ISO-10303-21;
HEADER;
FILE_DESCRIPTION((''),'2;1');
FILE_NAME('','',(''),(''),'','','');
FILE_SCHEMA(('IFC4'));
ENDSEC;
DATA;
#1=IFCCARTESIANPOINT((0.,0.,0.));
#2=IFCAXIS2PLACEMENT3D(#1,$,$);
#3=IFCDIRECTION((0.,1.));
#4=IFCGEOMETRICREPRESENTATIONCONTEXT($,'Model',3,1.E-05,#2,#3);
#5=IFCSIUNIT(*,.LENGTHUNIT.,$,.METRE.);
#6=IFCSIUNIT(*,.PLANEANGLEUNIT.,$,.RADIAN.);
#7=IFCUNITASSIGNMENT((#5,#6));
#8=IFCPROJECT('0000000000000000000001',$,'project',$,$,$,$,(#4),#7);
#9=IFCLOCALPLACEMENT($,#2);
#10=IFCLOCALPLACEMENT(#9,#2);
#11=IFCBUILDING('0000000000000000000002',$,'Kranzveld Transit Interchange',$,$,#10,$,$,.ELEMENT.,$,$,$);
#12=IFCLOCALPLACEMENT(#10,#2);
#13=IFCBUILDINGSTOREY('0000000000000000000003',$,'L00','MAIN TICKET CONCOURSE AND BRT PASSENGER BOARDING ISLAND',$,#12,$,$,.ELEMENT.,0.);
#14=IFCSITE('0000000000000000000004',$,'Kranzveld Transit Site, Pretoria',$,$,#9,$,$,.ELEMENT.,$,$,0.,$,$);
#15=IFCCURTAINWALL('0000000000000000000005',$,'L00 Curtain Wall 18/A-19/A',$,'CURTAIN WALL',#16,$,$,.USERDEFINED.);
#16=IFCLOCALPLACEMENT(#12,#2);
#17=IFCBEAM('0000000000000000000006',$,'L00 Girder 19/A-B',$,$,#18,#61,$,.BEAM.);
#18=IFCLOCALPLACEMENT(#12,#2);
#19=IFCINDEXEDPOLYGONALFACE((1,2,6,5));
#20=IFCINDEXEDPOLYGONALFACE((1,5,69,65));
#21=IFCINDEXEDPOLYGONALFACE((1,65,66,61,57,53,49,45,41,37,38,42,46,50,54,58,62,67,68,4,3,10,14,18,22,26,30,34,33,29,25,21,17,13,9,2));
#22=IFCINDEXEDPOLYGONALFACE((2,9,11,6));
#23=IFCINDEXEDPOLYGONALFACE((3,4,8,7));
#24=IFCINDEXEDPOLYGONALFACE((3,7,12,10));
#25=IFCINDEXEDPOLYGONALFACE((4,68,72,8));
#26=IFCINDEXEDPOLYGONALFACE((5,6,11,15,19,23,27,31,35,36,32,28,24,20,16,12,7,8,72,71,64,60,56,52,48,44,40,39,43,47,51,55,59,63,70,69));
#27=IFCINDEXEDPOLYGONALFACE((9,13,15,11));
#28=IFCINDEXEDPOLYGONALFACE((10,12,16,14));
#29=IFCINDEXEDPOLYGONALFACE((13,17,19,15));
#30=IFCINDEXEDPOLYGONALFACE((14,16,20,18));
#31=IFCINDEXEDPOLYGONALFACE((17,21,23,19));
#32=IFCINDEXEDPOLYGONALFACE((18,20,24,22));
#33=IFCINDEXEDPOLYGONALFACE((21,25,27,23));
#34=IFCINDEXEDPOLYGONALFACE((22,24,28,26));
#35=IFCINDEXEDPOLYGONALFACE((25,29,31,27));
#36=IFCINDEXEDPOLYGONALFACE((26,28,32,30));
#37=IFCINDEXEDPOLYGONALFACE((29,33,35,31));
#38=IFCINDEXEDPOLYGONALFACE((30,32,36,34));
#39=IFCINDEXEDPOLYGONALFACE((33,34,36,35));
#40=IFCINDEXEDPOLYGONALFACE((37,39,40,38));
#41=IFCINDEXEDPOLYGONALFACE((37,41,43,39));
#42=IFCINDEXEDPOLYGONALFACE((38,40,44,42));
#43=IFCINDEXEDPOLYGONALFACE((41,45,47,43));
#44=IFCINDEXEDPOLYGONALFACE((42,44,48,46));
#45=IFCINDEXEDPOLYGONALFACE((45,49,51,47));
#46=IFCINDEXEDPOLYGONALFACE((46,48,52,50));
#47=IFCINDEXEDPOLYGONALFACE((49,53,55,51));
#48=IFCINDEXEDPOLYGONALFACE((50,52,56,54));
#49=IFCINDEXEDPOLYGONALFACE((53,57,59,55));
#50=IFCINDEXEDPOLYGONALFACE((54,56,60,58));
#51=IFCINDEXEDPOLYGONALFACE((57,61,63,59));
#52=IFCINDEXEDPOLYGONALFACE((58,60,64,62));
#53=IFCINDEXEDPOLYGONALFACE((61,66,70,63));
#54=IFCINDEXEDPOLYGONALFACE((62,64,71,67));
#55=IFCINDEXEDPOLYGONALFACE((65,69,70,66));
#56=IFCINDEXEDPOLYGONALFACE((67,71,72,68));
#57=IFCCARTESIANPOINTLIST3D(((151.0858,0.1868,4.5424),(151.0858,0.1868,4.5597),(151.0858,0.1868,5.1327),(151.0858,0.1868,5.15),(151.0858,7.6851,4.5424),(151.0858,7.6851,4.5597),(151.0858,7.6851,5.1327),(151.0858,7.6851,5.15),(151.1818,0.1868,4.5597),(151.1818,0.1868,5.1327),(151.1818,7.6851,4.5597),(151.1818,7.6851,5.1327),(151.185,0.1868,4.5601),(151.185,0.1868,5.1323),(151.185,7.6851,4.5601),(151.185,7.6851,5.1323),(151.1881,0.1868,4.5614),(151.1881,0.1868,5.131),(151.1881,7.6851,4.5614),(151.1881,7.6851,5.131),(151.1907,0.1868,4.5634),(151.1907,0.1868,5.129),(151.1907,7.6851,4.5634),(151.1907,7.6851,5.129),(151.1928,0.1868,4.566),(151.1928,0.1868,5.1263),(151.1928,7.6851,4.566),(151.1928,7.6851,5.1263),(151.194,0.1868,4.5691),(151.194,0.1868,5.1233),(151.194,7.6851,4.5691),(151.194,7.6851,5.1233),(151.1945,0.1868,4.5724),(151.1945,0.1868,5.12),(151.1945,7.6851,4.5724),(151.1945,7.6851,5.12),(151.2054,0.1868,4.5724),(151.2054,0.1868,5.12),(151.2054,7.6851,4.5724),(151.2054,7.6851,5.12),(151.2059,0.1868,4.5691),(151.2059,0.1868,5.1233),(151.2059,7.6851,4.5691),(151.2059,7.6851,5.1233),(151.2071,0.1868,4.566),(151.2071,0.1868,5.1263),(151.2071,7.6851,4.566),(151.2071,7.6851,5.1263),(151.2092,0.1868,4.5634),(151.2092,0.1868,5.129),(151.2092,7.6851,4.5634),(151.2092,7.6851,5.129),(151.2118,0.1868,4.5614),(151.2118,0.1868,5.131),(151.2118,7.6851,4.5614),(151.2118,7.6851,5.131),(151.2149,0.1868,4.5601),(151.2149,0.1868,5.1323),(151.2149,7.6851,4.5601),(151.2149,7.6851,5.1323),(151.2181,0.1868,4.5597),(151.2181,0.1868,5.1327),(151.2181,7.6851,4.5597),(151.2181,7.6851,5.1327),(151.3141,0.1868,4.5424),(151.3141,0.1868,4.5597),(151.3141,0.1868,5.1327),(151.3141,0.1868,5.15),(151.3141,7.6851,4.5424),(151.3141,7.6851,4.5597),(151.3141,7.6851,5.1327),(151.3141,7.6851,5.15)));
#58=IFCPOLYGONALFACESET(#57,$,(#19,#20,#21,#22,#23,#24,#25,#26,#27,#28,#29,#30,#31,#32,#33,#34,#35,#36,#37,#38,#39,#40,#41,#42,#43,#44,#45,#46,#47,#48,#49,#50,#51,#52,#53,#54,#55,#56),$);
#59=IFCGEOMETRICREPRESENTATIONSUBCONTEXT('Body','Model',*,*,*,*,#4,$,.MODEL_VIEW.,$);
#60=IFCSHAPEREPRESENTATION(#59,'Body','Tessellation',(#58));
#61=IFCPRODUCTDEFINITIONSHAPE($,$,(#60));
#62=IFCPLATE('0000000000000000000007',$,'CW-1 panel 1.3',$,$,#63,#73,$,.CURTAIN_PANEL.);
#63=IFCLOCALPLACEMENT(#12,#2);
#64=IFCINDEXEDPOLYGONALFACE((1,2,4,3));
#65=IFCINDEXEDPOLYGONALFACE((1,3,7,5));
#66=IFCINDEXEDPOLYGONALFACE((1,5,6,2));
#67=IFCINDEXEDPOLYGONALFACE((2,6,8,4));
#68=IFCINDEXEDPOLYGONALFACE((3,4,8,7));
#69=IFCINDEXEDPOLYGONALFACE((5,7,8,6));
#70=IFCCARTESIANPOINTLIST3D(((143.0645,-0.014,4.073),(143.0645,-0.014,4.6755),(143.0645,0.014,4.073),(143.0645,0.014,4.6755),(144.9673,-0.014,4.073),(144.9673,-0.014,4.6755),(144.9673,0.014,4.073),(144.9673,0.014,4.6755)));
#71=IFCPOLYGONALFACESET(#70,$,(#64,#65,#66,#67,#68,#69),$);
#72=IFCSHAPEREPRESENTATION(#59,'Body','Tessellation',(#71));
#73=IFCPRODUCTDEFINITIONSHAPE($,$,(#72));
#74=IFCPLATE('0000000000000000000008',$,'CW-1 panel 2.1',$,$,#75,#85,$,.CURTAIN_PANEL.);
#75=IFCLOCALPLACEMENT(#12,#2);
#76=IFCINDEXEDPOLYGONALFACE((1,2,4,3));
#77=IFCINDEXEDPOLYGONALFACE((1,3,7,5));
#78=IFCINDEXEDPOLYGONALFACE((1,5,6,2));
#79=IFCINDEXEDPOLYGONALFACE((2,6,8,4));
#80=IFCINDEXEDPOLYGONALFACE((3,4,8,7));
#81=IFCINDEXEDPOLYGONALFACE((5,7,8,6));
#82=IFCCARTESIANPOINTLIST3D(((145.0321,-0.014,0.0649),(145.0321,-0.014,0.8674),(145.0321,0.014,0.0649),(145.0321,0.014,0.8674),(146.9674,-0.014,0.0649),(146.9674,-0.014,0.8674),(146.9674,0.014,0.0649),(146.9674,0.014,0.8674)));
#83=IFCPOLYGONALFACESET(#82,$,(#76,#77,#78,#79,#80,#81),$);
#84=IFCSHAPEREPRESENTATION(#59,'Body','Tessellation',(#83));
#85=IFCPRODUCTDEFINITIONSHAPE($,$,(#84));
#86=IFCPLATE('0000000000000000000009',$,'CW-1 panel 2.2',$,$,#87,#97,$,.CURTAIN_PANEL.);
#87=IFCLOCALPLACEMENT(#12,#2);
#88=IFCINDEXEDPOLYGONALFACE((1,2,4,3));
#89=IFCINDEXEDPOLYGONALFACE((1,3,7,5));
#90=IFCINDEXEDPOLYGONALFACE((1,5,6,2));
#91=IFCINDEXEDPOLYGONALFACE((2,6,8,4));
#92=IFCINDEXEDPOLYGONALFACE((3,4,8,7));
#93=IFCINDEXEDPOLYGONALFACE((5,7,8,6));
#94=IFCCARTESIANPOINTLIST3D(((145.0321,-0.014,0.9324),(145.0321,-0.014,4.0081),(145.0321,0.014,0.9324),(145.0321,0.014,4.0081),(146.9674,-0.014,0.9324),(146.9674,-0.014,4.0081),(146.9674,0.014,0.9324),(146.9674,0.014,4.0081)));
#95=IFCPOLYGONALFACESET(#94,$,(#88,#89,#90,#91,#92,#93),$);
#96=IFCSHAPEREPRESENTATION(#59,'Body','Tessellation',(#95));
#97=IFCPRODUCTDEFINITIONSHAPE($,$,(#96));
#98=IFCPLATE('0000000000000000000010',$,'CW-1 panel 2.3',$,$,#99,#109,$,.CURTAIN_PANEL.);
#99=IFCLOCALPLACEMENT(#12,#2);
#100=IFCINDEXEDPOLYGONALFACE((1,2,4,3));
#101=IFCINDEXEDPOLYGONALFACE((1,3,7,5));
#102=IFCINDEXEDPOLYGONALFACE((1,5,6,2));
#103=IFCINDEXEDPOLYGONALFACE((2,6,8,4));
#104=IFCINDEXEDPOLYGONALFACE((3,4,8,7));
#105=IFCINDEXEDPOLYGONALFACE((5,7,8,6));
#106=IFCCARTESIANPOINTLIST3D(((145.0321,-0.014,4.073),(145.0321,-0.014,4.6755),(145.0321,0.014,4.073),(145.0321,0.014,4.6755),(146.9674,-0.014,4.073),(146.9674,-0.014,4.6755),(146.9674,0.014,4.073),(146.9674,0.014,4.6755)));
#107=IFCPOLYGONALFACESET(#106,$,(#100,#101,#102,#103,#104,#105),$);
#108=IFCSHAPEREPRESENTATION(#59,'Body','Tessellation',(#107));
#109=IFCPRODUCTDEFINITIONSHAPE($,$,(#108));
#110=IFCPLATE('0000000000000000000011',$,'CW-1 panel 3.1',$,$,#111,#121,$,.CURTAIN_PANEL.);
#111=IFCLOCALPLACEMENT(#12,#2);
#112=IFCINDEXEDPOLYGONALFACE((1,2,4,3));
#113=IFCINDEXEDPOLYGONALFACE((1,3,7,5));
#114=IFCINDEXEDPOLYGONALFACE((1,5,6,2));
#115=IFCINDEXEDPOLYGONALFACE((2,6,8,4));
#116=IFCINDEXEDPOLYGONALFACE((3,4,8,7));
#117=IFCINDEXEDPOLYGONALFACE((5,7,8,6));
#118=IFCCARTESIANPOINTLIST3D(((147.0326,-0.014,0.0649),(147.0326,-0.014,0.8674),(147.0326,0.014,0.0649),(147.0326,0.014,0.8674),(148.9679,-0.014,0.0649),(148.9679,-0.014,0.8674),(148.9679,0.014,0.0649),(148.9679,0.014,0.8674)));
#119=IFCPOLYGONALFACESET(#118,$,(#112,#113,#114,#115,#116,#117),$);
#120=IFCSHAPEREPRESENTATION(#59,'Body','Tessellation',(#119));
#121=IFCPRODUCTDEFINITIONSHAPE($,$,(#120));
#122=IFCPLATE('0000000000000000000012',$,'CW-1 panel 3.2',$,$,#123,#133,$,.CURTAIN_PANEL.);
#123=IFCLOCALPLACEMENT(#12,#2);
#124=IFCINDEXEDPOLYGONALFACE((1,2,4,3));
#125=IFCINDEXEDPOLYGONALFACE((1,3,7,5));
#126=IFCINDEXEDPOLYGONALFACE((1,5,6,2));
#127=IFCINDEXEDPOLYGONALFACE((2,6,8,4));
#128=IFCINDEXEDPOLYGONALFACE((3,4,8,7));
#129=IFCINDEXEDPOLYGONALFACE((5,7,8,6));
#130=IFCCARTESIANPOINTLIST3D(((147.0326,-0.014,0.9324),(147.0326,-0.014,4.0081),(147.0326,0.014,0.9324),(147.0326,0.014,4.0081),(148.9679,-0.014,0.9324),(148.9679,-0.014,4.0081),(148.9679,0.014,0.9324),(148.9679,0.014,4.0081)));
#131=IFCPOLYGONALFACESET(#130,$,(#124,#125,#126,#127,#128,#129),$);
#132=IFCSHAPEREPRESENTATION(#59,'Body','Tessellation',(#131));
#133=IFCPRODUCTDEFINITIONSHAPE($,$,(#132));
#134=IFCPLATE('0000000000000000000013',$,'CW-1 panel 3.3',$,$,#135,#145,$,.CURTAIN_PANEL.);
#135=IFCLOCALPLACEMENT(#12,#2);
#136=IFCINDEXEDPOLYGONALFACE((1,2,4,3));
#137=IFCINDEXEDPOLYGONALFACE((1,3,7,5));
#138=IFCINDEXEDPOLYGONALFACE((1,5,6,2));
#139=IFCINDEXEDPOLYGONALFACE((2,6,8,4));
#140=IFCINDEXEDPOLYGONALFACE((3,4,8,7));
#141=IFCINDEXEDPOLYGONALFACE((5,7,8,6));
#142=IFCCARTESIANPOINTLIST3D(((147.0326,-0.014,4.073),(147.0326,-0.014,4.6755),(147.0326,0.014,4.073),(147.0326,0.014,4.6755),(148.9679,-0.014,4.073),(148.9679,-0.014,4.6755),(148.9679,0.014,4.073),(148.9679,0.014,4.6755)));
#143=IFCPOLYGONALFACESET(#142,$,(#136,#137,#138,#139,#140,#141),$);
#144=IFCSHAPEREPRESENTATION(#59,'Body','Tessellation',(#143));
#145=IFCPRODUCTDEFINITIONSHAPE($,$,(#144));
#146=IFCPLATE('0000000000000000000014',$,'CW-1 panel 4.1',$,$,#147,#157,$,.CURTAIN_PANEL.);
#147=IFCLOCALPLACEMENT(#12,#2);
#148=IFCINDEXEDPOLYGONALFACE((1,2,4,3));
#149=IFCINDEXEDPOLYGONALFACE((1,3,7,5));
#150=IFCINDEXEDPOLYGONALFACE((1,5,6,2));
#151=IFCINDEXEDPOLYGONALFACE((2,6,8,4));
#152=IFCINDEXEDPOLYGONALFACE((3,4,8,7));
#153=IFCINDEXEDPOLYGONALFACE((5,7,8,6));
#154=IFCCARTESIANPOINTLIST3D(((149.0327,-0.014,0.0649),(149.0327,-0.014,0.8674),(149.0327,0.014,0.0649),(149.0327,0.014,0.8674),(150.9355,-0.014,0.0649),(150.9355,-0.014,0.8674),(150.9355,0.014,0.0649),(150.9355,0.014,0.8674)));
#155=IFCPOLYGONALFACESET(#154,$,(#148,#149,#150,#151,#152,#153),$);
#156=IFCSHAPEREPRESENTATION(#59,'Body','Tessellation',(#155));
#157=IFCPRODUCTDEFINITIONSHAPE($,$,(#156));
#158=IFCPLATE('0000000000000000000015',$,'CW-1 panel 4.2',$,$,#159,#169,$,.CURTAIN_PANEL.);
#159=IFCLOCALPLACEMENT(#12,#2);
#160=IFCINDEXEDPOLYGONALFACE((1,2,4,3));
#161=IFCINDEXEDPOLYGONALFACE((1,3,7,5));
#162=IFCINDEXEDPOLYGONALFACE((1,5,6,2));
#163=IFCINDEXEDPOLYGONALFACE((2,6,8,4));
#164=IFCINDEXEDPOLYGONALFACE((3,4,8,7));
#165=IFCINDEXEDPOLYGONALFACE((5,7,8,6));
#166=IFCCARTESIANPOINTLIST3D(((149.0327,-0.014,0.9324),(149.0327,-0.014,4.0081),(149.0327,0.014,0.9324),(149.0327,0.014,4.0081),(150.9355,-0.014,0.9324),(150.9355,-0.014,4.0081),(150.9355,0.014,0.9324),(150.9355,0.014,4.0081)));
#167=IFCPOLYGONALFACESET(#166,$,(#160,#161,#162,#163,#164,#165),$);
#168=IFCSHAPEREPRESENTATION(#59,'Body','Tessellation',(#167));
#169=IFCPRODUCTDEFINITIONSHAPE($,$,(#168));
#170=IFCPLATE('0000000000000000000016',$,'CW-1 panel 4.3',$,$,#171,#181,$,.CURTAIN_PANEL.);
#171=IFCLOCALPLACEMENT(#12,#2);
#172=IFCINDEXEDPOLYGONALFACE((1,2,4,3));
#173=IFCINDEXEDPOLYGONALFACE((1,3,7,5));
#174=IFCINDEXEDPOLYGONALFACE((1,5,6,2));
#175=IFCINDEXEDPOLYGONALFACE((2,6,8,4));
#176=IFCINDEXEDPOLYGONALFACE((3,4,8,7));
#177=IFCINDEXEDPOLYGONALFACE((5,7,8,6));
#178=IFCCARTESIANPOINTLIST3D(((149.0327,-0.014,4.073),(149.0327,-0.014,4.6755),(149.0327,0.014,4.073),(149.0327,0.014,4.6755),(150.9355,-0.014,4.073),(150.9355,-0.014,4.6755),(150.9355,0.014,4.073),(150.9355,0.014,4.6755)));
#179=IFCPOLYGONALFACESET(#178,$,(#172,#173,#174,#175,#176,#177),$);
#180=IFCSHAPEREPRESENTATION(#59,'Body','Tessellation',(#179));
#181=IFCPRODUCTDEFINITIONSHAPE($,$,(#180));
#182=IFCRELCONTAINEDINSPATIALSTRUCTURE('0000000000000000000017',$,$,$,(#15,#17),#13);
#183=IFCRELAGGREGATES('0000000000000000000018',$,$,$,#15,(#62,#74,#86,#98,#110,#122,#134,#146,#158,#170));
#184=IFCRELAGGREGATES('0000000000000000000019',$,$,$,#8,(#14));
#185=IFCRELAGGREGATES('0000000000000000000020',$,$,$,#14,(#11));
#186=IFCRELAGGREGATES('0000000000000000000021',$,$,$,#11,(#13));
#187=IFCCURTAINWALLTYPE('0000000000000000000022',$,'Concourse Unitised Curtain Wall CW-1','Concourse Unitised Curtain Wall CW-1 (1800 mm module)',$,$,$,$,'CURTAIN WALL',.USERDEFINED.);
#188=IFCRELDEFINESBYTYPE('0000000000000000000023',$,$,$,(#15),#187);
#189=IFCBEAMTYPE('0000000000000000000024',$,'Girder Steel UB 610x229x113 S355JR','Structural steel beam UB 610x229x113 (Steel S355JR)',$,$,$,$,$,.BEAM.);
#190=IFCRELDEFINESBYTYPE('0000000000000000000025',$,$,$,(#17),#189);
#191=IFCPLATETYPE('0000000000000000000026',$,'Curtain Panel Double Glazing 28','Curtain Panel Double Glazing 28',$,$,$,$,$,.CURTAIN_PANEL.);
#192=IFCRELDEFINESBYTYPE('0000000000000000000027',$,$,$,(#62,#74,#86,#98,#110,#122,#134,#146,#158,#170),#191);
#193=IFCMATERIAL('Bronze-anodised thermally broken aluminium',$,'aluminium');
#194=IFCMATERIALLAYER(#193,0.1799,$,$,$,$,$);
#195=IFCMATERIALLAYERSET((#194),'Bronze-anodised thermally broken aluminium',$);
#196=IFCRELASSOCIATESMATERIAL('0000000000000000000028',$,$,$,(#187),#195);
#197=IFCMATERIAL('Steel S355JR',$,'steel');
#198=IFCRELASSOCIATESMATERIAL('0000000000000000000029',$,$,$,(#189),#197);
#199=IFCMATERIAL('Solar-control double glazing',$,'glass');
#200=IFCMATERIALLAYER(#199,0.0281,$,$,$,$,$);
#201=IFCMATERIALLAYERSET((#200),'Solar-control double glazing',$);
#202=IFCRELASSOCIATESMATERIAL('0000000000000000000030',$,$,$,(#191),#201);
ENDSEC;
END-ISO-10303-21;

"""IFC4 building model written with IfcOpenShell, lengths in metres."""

from ifc_helpers import new_model, si_unit, direction, frame, origin, origin_2d, place, context, subcontext, project, spatial, rectangle, i_section, extrude, material, layer, layer_set, material_profile, profile_set, type_object, element, aggregate, save


model = new_model("IFC4")

# Units and contexts
model_context = context("Model", 3, precision=1e-05, world=origin(), true_north=direction((0.0, 1.0)))
body_context = subcontext(model_context, "Body", "Model", "MODEL_VIEW")
ifc_project = project(units=[si_unit("LENGTHUNIT", "METRE"), si_unit("PLANEANGLEUNIT", "RADIAN")], contexts=[model_context])

# Site, building, storey
site_placement = place(None, origin())
site = spatial("IfcSite", under=ifc_project, at=site_placement, Name="Kranzveld Transit Site, Pretoria", CompositionType="ELEMENT", RefElevation=0.0)
building_placement = place(site_placement, origin())
building = spatial("IfcBuilding", under=site, at=building_placement, Name="Kranzveld Transit Interchange", CompositionType="ELEMENT")
storey_placement = place(building_placement, origin())
storey = spatial("IfcBuildingStorey", under=building, at=storey_placement, Name="L00", Description="MAIN TICKET CONCOURSE AND BRT PASSENGER BOARDING ISLAND", CompositionType="ELEMENT", Elevation=0.0)

# Curtain wall
ifc_material_1 = material(Name="Bronze-anodised thermally broken aluminium", Category="aluminium")
ifc_layer_1 = layer(ifc_material_1, 0.1799)
ifc_layer_set_1 = layer_set([ifc_layer_1], Name="Bronze-anodised thermally broken aluminium")
curtain_wall_type = type_object("IfcCurtainWallType", Name="Concourse Unitised Curtain Wall CW-1", Description="Concourse Unitised Curtain Wall CW-1 (1800 mm module)", ElementType="CURTAIN WALL", PredefinedType="USERDEFINED", material=ifc_layer_set_1)
curtain_wall_placement = place(storey_placement, origin())
curtain_wall = element("IfcCurtainWall", 1, at=curtain_wall_placement, inside=storey, type_object=curtain_wall_type, Name="L00 Curtain Wall 18/A-19/A", ObjectType="CURTAIN WALL", PredefinedType="USERDEFINED")

# Beam
ifc_material_2 = material(Name="Steel S355JR", Category="steel")
ifc_material_profile_1 = material_profile(ifc_material_2, i_section(OverallWidth=0.2283, OverallDepth=0.6077, WebThickness=0.011, FlangeThickness=0.0173, FilletRadius=0.0127, at=origin_2d()), Name="UB 610x229x113")
ifc_profile_set_1 = profile_set([ifc_material_profile_1], Name="Steel S355JR")
beam_type = type_object("IfcBeamType", Name="Girder Steel UB 610x229x113 S355JR", Description="Structural steel beam UB 610x229x113 (Steel S355JR)", PredefinedType="BEAM", material=ifc_profile_set_1)
beam_placement = place(storey_placement, frame((151.2, 0.1868, 4.8462), z_axis=(0.0, 1.0, 0.0), x_axis=(-1.0, 0.0, 0.0)))
element("IfcBeam", 2, at=beam_placement, inside=storey, type_object=beam_type, Name="L00 Girder 19/A-B", PredefinedType="BEAM", context=body_context, shape_type="SweptSolid", body=[
    extrude(i_section(OverallWidth=0.2283, OverallDepth=0.6077, WebThickness=0.011, FlangeThickness=0.0173, FilletRadius=0.0127, at=origin_2d()), origin(), (0.0, 0.0, 1.0), 7.4983),
])

# Plates
ifc_material_3 = material(Name="Solar-control double glazing", Category="glass")
ifc_layer_2 = layer(ifc_material_3, 0.0281)
ifc_layer_set_2 = layer_set([ifc_layer_2], Name="Solar-control double glazing")
plate_type = type_object("IfcPlateType", Name="Curtain Panel Double Glazing 28", Description="Curtain Panel Double Glazing 28", PredefinedType="CURTAIN_PANEL", material=ifc_layer_set_2)
plate_1_placement = place(storey_placement, frame((144.0159, 0.0, 4.073), z_axis=(0.0, 0.0, 1.0), x_axis=(1.0, 0.0, 0.0)))
plate_1 = element("IfcPlate", 3, at=plate_1_placement, type_object=plate_type, Name="CW-1 panel 1.3", PredefinedType="CURTAIN_PANEL", context=body_context, shape_type="SweptSolid", body=[
    extrude(rectangle(XDim=1.9028, YDim=0.0281, at=origin_2d()), origin(), (0.0, 0.0, 1.0), 0.6025),
])
plate_2_placement = place(storey_placement, frame((145.9998, 0.0, 0.0649), z_axis=(0.0, 0.0, 1.0), x_axis=(1.0, 0.0, 0.0)))
plate_2 = element("IfcPlate", 4, at=plate_2_placement, type_object=plate_type, Name="CW-1 panel 2.1", PredefinedType="CURTAIN_PANEL", context=body_context, shape_type="SweptSolid", body=[
    extrude(rectangle(XDim=1.9353, YDim=0.0281, at=origin_2d()), origin(), (0.0, 0.0, 1.0), 0.8025),
])
plate_3_placement = place(storey_placement, frame((145.9998, 0.0, 0.9324), z_axis=(0.0, 0.0, 1.0), x_axis=(1.0, 0.0, 0.0)))
plate_3 = element("IfcPlate", 5, at=plate_3_placement, type_object=plate_type, Name="CW-1 panel 2.2", PredefinedType="CURTAIN_PANEL", context=body_context, shape_type="SweptSolid", body=[
    extrude(rectangle(XDim=1.9353, YDim=0.0281, at=origin_2d()), origin(), (0.0, 0.0, 1.0), 3.0757),
])
plate_4_placement = place(storey_placement, frame((145.9998, 0.0, 4.073), z_axis=(0.0, 0.0, 1.0), x_axis=(1.0, 0.0, 0.0)))
plate_4 = element("IfcPlate", 6, at=plate_4_placement, type_object=plate_type, Name="CW-1 panel 2.3", PredefinedType="CURTAIN_PANEL", context=body_context, shape_type="SweptSolid", body=[
    extrude(rectangle(XDim=1.9353, YDim=0.0281, at=origin_2d()), origin(), (0.0, 0.0, 1.0), 0.6025),
])
plate_5_placement = place(storey_placement, frame((148.0002, 0.0, 0.0649), z_axis=(0.0, 0.0, 1.0), x_axis=(1.0, 0.0, 0.0)))
plate_5 = element("IfcPlate", 7, at=plate_5_placement, type_object=plate_type, Name="CW-1 panel 3.1", PredefinedType="CURTAIN_PANEL", context=body_context, shape_type="SweptSolid", body=[
    extrude(rectangle(XDim=1.9353, YDim=0.0281, at=origin_2d()), origin(), (0.0, 0.0, 1.0), 0.8025),
])
plate_6_placement = place(storey_placement, frame((148.0002, 0.0, 0.9324), z_axis=(0.0, 0.0, 1.0), x_axis=(1.0, 0.0, 0.0)))
plate_6 = element("IfcPlate", 8, at=plate_6_placement, type_object=plate_type, Name="CW-1 panel 3.2", PredefinedType="CURTAIN_PANEL", context=body_context, shape_type="SweptSolid", body=[
    extrude(rectangle(XDim=1.9353, YDim=0.0281, at=origin_2d()), origin(), (0.0, 0.0, 1.0), 3.0757),
])
plate_7_placement = place(storey_placement, frame((148.0002, 0.0, 4.073), z_axis=(0.0, 0.0, 1.0), x_axis=(1.0, 0.0, 0.0)))
plate_7 = element("IfcPlate", 9, at=plate_7_placement, type_object=plate_type, Name="CW-1 panel 3.3", PredefinedType="CURTAIN_PANEL", context=body_context, shape_type="SweptSolid", body=[
    extrude(rectangle(XDim=1.9353, YDim=0.0281, at=origin_2d()), origin(), (0.0, 0.0, 1.0), 0.6025),
])
plate_8_placement = place(storey_placement, frame((149.9841, 0.0, 0.0649), z_axis=(0.0, 0.0, 1.0), x_axis=(1.0, 0.0, 0.0)))
plate_8 = element("IfcPlate", 10, at=plate_8_placement, type_object=plate_type, Name="CW-1 panel 4.1", PredefinedType="CURTAIN_PANEL", context=body_context, shape_type="SweptSolid", body=[
    extrude(rectangle(XDim=1.9028, YDim=0.0281, at=origin_2d()), origin(), (0.0, 0.0, 1.0), 0.8025),
])
plate_9_placement = place(storey_placement, frame((149.9841, 0.0, 0.9324), z_axis=(0.0, 0.0, 1.0), x_axis=(1.0, 0.0, 0.0)))
plate_9 = element("IfcPlate", 11, at=plate_9_placement, type_object=plate_type, Name="CW-1 panel 4.2", PredefinedType="CURTAIN_PANEL", context=body_context, shape_type="SweptSolid", body=[
    extrude(rectangle(XDim=1.9028, YDim=0.0281, at=origin_2d()), origin(), (0.0, 0.0, 1.0), 3.0757),
])
plate_10_placement = place(storey_placement, frame((149.9841, 0.0, 4.073), z_axis=(0.0, 0.0, 1.0), x_axis=(1.0, 0.0, 0.0)))
plate_10 = element("IfcPlate", 12, at=plate_10_placement, type_object=plate_type, Name="CW-1 panel 4.3", PredefinedType="CURTAIN_PANEL", context=body_context, shape_type="SweptSolid", body=[
    extrude(rectangle(XDim=1.9028, YDim=0.0281, at=origin_2d()), origin(), (0.0, 0.0, 1.0), 0.6025),
])
aggregate(curtain_wall, [plate_1, plate_2, plate_3, plate_4, plate_5, plate_6, plate_7, plate_8, plate_9, plate_10])

save(model, "model.ifc")
